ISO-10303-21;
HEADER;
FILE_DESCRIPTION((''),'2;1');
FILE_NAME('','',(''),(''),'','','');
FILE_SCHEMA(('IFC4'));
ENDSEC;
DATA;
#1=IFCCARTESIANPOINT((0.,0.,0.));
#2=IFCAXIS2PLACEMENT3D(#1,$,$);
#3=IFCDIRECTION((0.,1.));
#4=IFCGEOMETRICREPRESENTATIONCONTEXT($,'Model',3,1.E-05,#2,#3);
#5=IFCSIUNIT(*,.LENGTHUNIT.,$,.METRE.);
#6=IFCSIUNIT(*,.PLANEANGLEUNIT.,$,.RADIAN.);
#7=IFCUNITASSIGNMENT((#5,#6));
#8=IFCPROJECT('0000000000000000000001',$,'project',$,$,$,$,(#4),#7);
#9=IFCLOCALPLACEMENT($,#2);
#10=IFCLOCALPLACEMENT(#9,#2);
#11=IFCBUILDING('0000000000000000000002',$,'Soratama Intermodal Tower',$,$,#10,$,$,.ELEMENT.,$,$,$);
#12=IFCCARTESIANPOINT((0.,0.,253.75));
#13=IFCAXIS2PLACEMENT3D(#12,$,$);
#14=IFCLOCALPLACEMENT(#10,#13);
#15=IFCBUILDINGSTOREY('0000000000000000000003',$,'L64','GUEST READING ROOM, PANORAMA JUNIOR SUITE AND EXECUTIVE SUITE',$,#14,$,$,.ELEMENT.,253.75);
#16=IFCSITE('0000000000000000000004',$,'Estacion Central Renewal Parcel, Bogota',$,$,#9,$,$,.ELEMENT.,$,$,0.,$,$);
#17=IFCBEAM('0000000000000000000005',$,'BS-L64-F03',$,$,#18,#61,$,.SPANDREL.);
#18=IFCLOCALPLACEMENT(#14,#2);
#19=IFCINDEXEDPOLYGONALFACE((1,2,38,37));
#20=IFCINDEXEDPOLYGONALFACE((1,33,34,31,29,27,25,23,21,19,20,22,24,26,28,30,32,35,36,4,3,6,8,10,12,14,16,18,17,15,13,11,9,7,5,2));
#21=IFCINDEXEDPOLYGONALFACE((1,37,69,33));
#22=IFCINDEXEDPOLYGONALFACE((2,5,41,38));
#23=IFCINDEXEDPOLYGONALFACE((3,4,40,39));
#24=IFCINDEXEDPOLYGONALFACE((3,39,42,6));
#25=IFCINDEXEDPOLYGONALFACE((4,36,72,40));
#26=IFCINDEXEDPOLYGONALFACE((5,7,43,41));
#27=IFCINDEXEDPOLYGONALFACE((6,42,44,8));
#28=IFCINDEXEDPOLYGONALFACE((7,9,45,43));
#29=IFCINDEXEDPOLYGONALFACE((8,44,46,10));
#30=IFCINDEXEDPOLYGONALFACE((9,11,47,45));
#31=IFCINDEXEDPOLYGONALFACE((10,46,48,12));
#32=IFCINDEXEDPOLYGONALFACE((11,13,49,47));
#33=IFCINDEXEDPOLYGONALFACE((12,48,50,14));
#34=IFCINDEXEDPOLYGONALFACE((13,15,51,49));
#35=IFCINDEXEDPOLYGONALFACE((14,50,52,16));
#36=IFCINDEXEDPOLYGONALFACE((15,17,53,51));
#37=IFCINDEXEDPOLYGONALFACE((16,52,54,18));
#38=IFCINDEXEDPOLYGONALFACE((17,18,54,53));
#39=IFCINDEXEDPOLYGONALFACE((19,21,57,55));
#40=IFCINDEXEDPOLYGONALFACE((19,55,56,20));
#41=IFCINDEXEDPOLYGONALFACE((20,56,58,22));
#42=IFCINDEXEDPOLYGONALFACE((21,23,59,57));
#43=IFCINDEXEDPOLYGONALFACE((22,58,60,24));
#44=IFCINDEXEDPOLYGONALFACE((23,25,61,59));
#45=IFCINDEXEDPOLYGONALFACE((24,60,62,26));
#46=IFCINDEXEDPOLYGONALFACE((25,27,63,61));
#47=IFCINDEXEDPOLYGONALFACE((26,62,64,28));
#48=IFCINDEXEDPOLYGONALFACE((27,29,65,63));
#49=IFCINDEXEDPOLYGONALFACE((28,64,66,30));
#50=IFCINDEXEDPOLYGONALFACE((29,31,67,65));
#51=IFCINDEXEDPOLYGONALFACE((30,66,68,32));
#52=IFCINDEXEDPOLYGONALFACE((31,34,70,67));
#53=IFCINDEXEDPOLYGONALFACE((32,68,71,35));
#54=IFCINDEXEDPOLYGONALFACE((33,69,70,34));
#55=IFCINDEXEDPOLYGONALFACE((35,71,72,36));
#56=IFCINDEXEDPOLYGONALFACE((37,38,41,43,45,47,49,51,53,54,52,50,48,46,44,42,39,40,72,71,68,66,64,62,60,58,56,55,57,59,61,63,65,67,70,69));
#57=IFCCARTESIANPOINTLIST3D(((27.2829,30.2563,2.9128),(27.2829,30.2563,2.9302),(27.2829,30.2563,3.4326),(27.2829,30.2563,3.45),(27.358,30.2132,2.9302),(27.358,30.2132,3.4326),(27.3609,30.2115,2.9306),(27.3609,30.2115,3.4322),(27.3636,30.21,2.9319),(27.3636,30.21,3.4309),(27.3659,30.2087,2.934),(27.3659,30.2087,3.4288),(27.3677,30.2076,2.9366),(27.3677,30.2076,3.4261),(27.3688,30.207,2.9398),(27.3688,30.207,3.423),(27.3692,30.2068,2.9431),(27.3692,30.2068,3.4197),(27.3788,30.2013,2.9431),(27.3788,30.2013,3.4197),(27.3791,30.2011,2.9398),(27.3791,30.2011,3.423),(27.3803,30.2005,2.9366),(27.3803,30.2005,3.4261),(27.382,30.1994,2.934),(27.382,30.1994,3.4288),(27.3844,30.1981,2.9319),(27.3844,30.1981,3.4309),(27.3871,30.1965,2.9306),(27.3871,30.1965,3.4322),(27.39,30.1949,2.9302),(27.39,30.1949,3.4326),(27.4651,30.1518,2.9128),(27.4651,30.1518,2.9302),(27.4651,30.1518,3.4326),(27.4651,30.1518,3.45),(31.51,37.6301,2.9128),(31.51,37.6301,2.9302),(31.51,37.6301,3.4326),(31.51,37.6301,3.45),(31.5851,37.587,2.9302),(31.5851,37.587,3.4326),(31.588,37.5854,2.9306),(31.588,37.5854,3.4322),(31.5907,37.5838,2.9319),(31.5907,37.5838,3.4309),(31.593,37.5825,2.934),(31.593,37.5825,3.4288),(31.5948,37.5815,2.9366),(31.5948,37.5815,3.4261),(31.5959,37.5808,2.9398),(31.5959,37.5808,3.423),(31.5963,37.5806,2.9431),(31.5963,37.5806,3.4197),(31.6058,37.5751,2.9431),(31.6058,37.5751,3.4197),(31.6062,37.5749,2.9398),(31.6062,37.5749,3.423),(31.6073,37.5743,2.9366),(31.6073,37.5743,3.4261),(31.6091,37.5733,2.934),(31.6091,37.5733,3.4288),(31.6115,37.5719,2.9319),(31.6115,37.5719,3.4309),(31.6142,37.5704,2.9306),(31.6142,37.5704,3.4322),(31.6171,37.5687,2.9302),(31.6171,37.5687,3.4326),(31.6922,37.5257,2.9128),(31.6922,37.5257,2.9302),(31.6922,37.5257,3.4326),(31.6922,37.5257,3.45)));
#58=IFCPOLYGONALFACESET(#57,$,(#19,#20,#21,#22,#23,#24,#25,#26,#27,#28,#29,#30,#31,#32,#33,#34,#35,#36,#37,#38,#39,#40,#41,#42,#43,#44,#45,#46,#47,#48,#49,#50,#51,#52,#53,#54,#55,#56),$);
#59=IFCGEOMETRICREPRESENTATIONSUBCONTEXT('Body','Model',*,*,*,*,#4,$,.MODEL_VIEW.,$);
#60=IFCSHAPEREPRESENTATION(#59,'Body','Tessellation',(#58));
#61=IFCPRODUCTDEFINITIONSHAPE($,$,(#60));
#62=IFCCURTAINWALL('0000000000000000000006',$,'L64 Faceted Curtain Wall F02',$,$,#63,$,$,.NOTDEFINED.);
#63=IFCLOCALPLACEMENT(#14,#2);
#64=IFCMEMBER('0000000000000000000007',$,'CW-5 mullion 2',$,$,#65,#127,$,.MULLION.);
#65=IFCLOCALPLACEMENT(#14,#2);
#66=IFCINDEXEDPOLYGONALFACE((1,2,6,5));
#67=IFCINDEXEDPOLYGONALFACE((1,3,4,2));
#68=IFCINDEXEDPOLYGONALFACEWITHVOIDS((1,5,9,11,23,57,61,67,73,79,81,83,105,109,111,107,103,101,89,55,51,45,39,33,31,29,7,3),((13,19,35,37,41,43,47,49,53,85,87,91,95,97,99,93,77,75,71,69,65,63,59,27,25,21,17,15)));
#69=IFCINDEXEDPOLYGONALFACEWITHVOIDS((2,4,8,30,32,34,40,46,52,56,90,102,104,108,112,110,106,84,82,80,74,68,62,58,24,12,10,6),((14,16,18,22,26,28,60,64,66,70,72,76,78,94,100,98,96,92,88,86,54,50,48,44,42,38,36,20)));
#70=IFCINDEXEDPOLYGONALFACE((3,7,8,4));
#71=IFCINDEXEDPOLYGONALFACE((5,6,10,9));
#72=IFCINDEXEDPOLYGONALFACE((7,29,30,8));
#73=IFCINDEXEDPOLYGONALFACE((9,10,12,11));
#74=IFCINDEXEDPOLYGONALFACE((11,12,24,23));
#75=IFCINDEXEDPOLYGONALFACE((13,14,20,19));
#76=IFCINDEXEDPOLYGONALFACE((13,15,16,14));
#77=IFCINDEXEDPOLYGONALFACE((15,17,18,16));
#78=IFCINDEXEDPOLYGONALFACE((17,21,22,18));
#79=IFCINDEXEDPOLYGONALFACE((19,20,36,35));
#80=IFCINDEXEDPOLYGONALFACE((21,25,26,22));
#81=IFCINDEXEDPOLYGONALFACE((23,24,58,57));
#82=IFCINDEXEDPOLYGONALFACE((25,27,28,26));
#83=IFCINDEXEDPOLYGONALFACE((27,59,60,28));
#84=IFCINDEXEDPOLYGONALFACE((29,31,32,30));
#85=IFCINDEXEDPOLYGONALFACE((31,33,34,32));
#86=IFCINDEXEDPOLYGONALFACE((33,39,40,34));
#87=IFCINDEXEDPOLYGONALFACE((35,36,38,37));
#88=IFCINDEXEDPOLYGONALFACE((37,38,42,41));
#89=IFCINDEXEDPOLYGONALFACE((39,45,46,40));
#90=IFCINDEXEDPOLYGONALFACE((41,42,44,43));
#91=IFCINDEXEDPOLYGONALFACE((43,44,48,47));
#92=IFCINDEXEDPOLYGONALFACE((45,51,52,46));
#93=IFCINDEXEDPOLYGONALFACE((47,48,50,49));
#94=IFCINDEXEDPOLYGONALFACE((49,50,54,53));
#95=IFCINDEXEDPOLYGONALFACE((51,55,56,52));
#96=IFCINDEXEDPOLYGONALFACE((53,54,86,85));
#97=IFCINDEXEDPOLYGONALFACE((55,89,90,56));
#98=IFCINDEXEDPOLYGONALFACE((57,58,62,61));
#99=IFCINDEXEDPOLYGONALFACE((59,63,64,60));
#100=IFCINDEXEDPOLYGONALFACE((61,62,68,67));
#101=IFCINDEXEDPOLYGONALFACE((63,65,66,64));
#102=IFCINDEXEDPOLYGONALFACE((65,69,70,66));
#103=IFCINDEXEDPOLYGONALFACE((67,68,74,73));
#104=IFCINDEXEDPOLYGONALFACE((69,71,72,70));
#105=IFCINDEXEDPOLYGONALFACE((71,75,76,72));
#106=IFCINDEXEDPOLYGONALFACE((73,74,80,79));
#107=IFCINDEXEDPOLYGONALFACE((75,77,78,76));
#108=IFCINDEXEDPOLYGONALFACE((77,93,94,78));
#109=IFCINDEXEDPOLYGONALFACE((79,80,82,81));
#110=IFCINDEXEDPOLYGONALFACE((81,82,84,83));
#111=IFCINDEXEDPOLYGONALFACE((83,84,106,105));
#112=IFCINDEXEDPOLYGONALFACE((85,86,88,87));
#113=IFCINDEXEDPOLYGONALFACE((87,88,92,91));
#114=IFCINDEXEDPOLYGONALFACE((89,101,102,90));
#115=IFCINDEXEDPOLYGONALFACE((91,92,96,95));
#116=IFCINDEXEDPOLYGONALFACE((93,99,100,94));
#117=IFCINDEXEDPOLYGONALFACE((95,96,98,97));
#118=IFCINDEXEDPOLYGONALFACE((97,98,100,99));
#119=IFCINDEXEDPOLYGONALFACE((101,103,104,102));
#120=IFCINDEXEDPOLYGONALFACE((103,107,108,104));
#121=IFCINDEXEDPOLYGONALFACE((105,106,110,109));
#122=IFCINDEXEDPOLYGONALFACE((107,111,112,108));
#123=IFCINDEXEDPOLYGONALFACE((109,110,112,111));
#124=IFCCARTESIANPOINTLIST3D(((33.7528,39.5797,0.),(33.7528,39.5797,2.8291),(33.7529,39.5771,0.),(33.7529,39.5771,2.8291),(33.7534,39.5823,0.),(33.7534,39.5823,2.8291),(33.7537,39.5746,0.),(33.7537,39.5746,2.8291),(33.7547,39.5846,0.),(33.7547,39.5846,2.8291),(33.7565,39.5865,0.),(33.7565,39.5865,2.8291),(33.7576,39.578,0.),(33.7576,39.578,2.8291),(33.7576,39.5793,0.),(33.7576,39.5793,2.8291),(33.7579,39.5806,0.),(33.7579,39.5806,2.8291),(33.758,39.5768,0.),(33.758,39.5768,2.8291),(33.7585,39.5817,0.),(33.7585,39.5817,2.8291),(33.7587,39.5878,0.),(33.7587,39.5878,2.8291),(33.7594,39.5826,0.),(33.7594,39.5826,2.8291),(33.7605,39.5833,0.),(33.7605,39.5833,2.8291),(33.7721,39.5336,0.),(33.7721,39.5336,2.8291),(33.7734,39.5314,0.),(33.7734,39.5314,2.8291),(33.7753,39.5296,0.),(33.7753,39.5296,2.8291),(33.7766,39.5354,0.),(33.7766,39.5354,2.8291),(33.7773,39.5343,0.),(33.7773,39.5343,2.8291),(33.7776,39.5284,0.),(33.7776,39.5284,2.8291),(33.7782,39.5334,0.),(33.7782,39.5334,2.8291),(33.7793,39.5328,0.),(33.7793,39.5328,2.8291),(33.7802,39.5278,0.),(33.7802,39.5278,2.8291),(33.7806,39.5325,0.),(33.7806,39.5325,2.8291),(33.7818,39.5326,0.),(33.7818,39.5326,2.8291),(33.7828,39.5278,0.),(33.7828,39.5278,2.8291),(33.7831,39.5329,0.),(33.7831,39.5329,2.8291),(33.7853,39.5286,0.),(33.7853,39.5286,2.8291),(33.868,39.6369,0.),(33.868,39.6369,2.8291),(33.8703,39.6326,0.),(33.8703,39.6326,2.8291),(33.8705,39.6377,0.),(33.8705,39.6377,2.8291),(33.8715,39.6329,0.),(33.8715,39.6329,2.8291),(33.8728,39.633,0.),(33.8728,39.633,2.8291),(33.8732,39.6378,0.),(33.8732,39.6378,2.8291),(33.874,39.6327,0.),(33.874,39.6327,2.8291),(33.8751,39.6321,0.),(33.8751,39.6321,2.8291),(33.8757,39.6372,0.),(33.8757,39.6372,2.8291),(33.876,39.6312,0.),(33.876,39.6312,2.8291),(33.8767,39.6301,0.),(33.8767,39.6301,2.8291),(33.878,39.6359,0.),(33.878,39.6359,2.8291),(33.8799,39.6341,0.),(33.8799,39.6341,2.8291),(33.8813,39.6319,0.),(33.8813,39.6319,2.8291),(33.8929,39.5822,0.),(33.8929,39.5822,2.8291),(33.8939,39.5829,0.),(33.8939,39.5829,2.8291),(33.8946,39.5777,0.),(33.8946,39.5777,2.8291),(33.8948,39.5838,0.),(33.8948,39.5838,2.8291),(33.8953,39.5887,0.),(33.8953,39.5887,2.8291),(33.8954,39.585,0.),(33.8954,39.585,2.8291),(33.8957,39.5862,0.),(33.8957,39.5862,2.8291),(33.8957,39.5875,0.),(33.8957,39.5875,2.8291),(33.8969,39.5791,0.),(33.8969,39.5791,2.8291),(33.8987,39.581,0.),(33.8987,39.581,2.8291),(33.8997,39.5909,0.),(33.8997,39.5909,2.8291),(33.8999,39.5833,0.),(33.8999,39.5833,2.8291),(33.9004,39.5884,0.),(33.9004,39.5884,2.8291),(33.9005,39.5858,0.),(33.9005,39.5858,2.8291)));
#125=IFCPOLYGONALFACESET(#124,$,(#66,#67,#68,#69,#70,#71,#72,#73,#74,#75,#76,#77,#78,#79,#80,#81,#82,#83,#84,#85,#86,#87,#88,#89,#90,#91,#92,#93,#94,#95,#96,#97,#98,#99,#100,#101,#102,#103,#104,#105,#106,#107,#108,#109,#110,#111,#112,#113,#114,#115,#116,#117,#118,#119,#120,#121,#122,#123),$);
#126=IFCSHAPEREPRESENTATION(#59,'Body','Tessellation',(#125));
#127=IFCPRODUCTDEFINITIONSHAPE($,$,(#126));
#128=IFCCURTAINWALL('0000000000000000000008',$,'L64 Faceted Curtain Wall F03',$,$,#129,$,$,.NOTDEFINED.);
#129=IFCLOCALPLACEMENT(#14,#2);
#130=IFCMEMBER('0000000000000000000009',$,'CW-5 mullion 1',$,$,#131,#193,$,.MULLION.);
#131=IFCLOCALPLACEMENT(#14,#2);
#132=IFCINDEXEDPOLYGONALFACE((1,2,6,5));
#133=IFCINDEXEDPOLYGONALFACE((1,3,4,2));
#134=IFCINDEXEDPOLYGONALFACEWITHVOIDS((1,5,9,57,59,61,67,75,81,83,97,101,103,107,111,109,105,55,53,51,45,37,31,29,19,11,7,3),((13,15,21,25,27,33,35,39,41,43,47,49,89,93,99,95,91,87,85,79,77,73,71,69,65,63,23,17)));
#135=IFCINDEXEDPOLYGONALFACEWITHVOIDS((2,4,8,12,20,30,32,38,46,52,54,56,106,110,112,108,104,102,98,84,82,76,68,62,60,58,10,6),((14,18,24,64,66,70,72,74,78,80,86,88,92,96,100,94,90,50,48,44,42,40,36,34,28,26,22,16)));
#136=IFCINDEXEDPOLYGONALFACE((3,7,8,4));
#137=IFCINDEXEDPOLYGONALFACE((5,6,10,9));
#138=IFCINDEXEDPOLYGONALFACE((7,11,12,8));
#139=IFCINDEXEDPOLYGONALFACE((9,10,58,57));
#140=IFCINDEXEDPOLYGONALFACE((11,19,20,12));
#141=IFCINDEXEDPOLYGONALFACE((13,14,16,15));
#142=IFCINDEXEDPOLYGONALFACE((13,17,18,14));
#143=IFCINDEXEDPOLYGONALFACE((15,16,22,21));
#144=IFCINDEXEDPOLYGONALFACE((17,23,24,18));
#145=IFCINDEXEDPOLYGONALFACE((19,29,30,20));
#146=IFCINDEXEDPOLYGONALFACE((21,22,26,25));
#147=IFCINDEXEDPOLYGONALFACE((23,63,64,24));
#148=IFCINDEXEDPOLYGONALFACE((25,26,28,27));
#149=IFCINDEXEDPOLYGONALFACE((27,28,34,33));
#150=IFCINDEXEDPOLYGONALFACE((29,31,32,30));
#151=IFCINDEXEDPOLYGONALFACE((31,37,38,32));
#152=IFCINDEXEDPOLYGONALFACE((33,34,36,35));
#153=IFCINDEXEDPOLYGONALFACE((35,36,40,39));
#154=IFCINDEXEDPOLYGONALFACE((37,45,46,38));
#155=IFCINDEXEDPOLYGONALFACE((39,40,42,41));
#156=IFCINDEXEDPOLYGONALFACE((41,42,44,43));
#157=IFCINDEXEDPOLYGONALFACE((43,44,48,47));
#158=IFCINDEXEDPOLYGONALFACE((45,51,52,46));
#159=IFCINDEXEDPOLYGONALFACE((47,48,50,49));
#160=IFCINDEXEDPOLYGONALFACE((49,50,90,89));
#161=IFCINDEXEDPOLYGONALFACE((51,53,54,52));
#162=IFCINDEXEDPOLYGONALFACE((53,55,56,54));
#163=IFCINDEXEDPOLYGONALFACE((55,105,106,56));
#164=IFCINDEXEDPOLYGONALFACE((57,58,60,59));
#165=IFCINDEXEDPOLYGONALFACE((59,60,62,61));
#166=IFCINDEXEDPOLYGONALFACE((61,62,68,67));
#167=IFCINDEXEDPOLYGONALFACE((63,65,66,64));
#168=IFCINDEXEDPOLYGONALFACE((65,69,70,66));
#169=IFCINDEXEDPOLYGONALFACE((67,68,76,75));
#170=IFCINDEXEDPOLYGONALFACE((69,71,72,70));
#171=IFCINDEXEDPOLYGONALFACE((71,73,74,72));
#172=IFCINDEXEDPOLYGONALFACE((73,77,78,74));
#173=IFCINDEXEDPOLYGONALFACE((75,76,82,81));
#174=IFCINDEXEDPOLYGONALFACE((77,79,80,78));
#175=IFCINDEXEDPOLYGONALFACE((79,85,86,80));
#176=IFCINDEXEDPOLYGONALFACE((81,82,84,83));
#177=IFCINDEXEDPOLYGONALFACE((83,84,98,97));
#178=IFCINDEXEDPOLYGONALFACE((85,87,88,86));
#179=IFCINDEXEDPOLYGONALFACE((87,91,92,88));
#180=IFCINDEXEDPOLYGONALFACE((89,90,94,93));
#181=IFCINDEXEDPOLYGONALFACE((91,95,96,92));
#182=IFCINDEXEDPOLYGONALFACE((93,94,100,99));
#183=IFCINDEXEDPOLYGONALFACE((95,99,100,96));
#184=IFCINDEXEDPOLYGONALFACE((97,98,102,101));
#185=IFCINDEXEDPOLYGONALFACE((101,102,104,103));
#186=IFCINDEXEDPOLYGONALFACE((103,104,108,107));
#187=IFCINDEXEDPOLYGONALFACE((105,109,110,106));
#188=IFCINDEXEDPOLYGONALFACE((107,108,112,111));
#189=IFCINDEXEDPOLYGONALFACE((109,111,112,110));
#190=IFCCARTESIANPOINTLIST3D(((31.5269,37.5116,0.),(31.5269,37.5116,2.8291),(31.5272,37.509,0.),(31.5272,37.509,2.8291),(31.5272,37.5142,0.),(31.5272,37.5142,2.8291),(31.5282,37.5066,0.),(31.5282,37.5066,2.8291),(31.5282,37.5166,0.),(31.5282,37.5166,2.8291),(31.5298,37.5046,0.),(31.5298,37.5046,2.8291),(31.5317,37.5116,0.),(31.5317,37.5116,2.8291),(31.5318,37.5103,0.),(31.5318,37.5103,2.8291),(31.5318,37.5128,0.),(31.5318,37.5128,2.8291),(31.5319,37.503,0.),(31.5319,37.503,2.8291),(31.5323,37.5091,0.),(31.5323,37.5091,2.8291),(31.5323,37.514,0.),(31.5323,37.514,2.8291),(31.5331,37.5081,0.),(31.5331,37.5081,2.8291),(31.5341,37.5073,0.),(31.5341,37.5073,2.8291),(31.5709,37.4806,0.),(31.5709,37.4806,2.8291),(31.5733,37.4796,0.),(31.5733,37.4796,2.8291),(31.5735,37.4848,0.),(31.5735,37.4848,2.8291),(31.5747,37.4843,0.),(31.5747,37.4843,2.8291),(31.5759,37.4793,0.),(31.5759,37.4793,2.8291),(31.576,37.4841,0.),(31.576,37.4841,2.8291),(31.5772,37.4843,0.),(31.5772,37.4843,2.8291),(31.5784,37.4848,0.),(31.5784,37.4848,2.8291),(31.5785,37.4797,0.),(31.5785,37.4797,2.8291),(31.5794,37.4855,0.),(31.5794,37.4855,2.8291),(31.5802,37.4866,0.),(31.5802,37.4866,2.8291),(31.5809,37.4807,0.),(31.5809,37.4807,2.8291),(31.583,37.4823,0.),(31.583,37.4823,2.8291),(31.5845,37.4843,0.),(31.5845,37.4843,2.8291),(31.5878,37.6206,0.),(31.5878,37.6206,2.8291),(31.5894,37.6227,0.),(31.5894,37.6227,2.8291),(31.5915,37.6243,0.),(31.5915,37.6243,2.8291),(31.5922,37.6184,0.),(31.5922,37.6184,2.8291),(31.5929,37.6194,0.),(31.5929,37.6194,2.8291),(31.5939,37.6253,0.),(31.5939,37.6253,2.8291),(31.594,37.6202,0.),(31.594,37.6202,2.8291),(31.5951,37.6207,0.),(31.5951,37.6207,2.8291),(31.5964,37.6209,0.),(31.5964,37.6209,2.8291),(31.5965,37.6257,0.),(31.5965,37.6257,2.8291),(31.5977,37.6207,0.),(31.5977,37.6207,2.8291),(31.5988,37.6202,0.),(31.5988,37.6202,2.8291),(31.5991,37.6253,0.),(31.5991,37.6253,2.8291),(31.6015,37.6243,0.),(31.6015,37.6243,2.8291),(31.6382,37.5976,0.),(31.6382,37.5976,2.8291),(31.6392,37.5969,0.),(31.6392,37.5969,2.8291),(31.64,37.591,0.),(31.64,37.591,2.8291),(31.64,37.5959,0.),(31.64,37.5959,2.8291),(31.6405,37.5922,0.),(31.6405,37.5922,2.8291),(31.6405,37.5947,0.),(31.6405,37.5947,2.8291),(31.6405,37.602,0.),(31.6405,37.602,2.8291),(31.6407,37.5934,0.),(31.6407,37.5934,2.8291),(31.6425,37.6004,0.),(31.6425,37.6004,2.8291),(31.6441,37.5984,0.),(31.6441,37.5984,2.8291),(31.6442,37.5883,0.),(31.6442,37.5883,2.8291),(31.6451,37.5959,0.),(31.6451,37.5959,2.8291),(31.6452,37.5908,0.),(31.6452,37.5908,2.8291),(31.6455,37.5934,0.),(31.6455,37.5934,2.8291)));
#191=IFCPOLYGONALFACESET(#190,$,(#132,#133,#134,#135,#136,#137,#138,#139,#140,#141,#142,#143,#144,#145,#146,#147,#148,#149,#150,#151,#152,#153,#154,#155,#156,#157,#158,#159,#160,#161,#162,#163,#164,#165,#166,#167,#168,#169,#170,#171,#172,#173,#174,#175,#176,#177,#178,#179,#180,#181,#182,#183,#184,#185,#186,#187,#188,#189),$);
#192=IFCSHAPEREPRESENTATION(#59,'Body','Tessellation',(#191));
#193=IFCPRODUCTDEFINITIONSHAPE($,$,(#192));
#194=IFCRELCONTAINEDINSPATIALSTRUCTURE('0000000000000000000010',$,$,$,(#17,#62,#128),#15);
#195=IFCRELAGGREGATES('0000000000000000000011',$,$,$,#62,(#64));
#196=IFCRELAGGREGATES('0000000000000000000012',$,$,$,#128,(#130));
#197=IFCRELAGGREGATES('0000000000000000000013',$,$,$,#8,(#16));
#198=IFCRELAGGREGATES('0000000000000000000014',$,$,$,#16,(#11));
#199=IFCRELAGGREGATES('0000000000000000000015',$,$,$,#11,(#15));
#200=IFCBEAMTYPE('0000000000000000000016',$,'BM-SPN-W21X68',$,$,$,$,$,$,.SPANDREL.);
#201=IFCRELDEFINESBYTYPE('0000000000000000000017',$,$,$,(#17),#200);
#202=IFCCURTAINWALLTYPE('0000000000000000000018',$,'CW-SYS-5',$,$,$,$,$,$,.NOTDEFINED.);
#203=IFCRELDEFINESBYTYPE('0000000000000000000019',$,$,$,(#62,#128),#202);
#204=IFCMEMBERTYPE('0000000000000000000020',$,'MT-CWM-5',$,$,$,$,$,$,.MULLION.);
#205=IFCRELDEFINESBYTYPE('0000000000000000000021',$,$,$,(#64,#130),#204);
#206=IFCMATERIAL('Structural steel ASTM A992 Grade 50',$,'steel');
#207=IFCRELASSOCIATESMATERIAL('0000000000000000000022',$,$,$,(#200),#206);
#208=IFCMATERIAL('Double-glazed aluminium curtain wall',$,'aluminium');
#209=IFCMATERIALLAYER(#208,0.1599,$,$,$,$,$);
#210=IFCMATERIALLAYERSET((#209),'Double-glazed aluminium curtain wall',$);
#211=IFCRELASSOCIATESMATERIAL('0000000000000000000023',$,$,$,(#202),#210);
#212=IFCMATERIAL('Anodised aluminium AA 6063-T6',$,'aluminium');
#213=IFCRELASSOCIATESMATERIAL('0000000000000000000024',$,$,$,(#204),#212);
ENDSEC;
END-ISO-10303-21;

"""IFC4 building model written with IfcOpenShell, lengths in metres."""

from ifc_helpers import new_model, si_unit, direction, frame, origin, origin_2d, place, context, subcontext, project, spatial, hollow_rectangle, i_section, extrude, material, layer, layer_set, material_profile, profile_set, type_object, element, aggregate, save


model = new_model("IFC4")

# Units and contexts
model_context = context("Model", 3, precision=1e-05, world=origin(), true_north=direction((0.0, 1.0)))
body_context = subcontext(model_context, "Body", "Model", "MODEL_VIEW")
ifc_project = project(units=[si_unit("LENGTHUNIT", "METRE"), si_unit("PLANEANGLEUNIT", "RADIAN")], contexts=[model_context])

# Site, building, storey
site_placement = place(None, origin())
site = spatial("IfcSite", under=ifc_project, at=site_placement, Name="Estacion Central Renewal Parcel, Bogota", CompositionType="ELEMENT", RefElevation=0.0)
building_placement = place(site_placement, origin())
building = spatial("IfcBuilding", under=site, at=building_placement, Name="Soratama Intermodal Tower", CompositionType="ELEMENT")
storey_placement = place(building_placement, frame((0.0, 0.0, 253.75)))
storey = spatial("IfcBuildingStorey", under=building, at=storey_placement, Name="L64", Description="GUEST READING ROOM, PANORAMA JUNIOR SUITE AND EXECUTIVE SUITE", CompositionType="ELEMENT", Elevation=253.75)

# Beam
ifc_material_1 = material(Name="Structural steel ASTM A992 Grade 50", Category="steel")
ifc_material_profile_1 = material_profile(ifc_material_1, i_section(OverallWidth=0.21, OverallDepth=0.5371, WebThickness=0.011, FlangeThickness=0.0173, FilletRadius=0.0129, at=origin_2d()), Name="W21X68")
ifc_profile_set_1 = profile_set([ifc_material_profile_1], Name="Structural steel ASTM A992 Grade 50")
beam_type_1 = type_object("IfcBeamType", Name="BM-SPN-W21X68", PredefinedType="SPANDREL", material=ifc_profile_set_1)
beam_1_placement = place(storey_placement, frame((31.6011, 37.5779, 3.1814), z_axis=(-0.497333, -0.86756, 0.0), x_axis=(0.86756, -0.497333, 0.0)))
element("IfcBeam", 1, at=beam_1_placement, inside=storey, type_object=beam_type_1, Name="BS-L64-F03", PredefinedType="SPANDREL", context=body_context, shape_type="SweptSolid", body=[
    extrude(i_section(OverallWidth=0.21, OverallDepth=0.5371, WebThickness=0.011, FlangeThickness=0.0173, FilletRadius=0.0129, at=origin_2d()), origin(), (0.0, 0.0, 1.0), 8.4995),
])

# Curtain wall, member
ifc_material_2 = material(Name="Double-glazed aluminium curtain wall", Category="aluminium")
ifc_layer_1 = layer(ifc_material_2, 0.1599)
ifc_layer_set_1 = layer_set([ifc_layer_1], Name="Double-glazed aluminium curtain wall")
curtain_wall_type = type_object("IfcCurtainWallType", Name="CW-SYS-5", PredefinedType="NOTDEFINED", material=ifc_layer_set_1)
curtain_wall_1_placement = place(storey_placement, origin())
curtain_wall_1 = element("IfcCurtainWall", 2, at=curtain_wall_1_placement, inside=storey, type_object=curtain_wall_type, Name="L64 Faceted Curtain Wall F02", PredefinedType="NOTDEFINED")
ifc_material_3 = material(Name="Anodised aluminium AA 6063-T6", Category="aluminium")
ifc_material_profile_2 = material_profile(ifc_material_3, hollow_rectangle(XDim=0.0649, YDim=0.1399, WallThickness=0.0049, InnerFilletRadius=0.0049, OuterFilletRadius=0.01, at=origin_2d()), Name="CWM140X65X5")
ifc_profile_set_2 = profile_set([ifc_material_profile_2], Name="Anodised aluminium AA 6063-T6")
member_type_1 = type_object("IfcMemberType", Name="MT-CWM-5", PredefinedType="MULLION", material=ifc_profile_set_2)
member_1_placement = place(storey_placement, frame((33.8267, 39.5828, 0.0), z_axis=(0.0, 0.0, 1.0), x_axis=(0.409597, -0.912267, 0.0)))
member_1 = element("IfcMember", 3, at=member_1_placement, type_object=member_type_1, Name="CW-5 mullion 2", PredefinedType="MULLION", context=body_context, shape_type="SweptSolid", body=[
    extrude(hollow_rectangle(XDim=0.0649, YDim=0.1399, WallThickness=0.0049, InnerFilletRadius=0.0049, OuterFilletRadius=0.01, at=origin_2d()), origin(), (0.0, 0.0, 1.0), 2.8291),
])
aggregate(curtain_wall_1, [member_1])

# Curtain wall, member
curtain_wall_2_placement = place(storey_placement, origin())
curtain_wall_2 = element("IfcCurtainWall", 4, at=curtain_wall_2_placement, inside=storey, type_object=curtain_wall_type, Name="L64 Faceted Curtain Wall F03", PredefinedType="NOTDEFINED")
member_2_placement = place(storey_placement, frame((31.5862, 37.5525, 0.0), z_axis=(0.0, 0.0, 1.0), x_axis=(0.867588, -0.497284, 0.0)))
member_2 = element("IfcMember", 5, at=member_2_placement, type_object=member_type_1, Name="CW-5 mullion 1", PredefinedType="MULLION", context=body_context, shape_type="SweptSolid", body=[
    extrude(hollow_rectangle(XDim=0.0649, YDim=0.1399, WallThickness=0.0049, InnerFilletRadius=0.0049, OuterFilletRadius=0.01, at=origin_2d()), origin(), (0.0, 0.0, 1.0), 2.8291),
])
aggregate(curtain_wall_2, [member_2])

save(model, "model.ifc")
